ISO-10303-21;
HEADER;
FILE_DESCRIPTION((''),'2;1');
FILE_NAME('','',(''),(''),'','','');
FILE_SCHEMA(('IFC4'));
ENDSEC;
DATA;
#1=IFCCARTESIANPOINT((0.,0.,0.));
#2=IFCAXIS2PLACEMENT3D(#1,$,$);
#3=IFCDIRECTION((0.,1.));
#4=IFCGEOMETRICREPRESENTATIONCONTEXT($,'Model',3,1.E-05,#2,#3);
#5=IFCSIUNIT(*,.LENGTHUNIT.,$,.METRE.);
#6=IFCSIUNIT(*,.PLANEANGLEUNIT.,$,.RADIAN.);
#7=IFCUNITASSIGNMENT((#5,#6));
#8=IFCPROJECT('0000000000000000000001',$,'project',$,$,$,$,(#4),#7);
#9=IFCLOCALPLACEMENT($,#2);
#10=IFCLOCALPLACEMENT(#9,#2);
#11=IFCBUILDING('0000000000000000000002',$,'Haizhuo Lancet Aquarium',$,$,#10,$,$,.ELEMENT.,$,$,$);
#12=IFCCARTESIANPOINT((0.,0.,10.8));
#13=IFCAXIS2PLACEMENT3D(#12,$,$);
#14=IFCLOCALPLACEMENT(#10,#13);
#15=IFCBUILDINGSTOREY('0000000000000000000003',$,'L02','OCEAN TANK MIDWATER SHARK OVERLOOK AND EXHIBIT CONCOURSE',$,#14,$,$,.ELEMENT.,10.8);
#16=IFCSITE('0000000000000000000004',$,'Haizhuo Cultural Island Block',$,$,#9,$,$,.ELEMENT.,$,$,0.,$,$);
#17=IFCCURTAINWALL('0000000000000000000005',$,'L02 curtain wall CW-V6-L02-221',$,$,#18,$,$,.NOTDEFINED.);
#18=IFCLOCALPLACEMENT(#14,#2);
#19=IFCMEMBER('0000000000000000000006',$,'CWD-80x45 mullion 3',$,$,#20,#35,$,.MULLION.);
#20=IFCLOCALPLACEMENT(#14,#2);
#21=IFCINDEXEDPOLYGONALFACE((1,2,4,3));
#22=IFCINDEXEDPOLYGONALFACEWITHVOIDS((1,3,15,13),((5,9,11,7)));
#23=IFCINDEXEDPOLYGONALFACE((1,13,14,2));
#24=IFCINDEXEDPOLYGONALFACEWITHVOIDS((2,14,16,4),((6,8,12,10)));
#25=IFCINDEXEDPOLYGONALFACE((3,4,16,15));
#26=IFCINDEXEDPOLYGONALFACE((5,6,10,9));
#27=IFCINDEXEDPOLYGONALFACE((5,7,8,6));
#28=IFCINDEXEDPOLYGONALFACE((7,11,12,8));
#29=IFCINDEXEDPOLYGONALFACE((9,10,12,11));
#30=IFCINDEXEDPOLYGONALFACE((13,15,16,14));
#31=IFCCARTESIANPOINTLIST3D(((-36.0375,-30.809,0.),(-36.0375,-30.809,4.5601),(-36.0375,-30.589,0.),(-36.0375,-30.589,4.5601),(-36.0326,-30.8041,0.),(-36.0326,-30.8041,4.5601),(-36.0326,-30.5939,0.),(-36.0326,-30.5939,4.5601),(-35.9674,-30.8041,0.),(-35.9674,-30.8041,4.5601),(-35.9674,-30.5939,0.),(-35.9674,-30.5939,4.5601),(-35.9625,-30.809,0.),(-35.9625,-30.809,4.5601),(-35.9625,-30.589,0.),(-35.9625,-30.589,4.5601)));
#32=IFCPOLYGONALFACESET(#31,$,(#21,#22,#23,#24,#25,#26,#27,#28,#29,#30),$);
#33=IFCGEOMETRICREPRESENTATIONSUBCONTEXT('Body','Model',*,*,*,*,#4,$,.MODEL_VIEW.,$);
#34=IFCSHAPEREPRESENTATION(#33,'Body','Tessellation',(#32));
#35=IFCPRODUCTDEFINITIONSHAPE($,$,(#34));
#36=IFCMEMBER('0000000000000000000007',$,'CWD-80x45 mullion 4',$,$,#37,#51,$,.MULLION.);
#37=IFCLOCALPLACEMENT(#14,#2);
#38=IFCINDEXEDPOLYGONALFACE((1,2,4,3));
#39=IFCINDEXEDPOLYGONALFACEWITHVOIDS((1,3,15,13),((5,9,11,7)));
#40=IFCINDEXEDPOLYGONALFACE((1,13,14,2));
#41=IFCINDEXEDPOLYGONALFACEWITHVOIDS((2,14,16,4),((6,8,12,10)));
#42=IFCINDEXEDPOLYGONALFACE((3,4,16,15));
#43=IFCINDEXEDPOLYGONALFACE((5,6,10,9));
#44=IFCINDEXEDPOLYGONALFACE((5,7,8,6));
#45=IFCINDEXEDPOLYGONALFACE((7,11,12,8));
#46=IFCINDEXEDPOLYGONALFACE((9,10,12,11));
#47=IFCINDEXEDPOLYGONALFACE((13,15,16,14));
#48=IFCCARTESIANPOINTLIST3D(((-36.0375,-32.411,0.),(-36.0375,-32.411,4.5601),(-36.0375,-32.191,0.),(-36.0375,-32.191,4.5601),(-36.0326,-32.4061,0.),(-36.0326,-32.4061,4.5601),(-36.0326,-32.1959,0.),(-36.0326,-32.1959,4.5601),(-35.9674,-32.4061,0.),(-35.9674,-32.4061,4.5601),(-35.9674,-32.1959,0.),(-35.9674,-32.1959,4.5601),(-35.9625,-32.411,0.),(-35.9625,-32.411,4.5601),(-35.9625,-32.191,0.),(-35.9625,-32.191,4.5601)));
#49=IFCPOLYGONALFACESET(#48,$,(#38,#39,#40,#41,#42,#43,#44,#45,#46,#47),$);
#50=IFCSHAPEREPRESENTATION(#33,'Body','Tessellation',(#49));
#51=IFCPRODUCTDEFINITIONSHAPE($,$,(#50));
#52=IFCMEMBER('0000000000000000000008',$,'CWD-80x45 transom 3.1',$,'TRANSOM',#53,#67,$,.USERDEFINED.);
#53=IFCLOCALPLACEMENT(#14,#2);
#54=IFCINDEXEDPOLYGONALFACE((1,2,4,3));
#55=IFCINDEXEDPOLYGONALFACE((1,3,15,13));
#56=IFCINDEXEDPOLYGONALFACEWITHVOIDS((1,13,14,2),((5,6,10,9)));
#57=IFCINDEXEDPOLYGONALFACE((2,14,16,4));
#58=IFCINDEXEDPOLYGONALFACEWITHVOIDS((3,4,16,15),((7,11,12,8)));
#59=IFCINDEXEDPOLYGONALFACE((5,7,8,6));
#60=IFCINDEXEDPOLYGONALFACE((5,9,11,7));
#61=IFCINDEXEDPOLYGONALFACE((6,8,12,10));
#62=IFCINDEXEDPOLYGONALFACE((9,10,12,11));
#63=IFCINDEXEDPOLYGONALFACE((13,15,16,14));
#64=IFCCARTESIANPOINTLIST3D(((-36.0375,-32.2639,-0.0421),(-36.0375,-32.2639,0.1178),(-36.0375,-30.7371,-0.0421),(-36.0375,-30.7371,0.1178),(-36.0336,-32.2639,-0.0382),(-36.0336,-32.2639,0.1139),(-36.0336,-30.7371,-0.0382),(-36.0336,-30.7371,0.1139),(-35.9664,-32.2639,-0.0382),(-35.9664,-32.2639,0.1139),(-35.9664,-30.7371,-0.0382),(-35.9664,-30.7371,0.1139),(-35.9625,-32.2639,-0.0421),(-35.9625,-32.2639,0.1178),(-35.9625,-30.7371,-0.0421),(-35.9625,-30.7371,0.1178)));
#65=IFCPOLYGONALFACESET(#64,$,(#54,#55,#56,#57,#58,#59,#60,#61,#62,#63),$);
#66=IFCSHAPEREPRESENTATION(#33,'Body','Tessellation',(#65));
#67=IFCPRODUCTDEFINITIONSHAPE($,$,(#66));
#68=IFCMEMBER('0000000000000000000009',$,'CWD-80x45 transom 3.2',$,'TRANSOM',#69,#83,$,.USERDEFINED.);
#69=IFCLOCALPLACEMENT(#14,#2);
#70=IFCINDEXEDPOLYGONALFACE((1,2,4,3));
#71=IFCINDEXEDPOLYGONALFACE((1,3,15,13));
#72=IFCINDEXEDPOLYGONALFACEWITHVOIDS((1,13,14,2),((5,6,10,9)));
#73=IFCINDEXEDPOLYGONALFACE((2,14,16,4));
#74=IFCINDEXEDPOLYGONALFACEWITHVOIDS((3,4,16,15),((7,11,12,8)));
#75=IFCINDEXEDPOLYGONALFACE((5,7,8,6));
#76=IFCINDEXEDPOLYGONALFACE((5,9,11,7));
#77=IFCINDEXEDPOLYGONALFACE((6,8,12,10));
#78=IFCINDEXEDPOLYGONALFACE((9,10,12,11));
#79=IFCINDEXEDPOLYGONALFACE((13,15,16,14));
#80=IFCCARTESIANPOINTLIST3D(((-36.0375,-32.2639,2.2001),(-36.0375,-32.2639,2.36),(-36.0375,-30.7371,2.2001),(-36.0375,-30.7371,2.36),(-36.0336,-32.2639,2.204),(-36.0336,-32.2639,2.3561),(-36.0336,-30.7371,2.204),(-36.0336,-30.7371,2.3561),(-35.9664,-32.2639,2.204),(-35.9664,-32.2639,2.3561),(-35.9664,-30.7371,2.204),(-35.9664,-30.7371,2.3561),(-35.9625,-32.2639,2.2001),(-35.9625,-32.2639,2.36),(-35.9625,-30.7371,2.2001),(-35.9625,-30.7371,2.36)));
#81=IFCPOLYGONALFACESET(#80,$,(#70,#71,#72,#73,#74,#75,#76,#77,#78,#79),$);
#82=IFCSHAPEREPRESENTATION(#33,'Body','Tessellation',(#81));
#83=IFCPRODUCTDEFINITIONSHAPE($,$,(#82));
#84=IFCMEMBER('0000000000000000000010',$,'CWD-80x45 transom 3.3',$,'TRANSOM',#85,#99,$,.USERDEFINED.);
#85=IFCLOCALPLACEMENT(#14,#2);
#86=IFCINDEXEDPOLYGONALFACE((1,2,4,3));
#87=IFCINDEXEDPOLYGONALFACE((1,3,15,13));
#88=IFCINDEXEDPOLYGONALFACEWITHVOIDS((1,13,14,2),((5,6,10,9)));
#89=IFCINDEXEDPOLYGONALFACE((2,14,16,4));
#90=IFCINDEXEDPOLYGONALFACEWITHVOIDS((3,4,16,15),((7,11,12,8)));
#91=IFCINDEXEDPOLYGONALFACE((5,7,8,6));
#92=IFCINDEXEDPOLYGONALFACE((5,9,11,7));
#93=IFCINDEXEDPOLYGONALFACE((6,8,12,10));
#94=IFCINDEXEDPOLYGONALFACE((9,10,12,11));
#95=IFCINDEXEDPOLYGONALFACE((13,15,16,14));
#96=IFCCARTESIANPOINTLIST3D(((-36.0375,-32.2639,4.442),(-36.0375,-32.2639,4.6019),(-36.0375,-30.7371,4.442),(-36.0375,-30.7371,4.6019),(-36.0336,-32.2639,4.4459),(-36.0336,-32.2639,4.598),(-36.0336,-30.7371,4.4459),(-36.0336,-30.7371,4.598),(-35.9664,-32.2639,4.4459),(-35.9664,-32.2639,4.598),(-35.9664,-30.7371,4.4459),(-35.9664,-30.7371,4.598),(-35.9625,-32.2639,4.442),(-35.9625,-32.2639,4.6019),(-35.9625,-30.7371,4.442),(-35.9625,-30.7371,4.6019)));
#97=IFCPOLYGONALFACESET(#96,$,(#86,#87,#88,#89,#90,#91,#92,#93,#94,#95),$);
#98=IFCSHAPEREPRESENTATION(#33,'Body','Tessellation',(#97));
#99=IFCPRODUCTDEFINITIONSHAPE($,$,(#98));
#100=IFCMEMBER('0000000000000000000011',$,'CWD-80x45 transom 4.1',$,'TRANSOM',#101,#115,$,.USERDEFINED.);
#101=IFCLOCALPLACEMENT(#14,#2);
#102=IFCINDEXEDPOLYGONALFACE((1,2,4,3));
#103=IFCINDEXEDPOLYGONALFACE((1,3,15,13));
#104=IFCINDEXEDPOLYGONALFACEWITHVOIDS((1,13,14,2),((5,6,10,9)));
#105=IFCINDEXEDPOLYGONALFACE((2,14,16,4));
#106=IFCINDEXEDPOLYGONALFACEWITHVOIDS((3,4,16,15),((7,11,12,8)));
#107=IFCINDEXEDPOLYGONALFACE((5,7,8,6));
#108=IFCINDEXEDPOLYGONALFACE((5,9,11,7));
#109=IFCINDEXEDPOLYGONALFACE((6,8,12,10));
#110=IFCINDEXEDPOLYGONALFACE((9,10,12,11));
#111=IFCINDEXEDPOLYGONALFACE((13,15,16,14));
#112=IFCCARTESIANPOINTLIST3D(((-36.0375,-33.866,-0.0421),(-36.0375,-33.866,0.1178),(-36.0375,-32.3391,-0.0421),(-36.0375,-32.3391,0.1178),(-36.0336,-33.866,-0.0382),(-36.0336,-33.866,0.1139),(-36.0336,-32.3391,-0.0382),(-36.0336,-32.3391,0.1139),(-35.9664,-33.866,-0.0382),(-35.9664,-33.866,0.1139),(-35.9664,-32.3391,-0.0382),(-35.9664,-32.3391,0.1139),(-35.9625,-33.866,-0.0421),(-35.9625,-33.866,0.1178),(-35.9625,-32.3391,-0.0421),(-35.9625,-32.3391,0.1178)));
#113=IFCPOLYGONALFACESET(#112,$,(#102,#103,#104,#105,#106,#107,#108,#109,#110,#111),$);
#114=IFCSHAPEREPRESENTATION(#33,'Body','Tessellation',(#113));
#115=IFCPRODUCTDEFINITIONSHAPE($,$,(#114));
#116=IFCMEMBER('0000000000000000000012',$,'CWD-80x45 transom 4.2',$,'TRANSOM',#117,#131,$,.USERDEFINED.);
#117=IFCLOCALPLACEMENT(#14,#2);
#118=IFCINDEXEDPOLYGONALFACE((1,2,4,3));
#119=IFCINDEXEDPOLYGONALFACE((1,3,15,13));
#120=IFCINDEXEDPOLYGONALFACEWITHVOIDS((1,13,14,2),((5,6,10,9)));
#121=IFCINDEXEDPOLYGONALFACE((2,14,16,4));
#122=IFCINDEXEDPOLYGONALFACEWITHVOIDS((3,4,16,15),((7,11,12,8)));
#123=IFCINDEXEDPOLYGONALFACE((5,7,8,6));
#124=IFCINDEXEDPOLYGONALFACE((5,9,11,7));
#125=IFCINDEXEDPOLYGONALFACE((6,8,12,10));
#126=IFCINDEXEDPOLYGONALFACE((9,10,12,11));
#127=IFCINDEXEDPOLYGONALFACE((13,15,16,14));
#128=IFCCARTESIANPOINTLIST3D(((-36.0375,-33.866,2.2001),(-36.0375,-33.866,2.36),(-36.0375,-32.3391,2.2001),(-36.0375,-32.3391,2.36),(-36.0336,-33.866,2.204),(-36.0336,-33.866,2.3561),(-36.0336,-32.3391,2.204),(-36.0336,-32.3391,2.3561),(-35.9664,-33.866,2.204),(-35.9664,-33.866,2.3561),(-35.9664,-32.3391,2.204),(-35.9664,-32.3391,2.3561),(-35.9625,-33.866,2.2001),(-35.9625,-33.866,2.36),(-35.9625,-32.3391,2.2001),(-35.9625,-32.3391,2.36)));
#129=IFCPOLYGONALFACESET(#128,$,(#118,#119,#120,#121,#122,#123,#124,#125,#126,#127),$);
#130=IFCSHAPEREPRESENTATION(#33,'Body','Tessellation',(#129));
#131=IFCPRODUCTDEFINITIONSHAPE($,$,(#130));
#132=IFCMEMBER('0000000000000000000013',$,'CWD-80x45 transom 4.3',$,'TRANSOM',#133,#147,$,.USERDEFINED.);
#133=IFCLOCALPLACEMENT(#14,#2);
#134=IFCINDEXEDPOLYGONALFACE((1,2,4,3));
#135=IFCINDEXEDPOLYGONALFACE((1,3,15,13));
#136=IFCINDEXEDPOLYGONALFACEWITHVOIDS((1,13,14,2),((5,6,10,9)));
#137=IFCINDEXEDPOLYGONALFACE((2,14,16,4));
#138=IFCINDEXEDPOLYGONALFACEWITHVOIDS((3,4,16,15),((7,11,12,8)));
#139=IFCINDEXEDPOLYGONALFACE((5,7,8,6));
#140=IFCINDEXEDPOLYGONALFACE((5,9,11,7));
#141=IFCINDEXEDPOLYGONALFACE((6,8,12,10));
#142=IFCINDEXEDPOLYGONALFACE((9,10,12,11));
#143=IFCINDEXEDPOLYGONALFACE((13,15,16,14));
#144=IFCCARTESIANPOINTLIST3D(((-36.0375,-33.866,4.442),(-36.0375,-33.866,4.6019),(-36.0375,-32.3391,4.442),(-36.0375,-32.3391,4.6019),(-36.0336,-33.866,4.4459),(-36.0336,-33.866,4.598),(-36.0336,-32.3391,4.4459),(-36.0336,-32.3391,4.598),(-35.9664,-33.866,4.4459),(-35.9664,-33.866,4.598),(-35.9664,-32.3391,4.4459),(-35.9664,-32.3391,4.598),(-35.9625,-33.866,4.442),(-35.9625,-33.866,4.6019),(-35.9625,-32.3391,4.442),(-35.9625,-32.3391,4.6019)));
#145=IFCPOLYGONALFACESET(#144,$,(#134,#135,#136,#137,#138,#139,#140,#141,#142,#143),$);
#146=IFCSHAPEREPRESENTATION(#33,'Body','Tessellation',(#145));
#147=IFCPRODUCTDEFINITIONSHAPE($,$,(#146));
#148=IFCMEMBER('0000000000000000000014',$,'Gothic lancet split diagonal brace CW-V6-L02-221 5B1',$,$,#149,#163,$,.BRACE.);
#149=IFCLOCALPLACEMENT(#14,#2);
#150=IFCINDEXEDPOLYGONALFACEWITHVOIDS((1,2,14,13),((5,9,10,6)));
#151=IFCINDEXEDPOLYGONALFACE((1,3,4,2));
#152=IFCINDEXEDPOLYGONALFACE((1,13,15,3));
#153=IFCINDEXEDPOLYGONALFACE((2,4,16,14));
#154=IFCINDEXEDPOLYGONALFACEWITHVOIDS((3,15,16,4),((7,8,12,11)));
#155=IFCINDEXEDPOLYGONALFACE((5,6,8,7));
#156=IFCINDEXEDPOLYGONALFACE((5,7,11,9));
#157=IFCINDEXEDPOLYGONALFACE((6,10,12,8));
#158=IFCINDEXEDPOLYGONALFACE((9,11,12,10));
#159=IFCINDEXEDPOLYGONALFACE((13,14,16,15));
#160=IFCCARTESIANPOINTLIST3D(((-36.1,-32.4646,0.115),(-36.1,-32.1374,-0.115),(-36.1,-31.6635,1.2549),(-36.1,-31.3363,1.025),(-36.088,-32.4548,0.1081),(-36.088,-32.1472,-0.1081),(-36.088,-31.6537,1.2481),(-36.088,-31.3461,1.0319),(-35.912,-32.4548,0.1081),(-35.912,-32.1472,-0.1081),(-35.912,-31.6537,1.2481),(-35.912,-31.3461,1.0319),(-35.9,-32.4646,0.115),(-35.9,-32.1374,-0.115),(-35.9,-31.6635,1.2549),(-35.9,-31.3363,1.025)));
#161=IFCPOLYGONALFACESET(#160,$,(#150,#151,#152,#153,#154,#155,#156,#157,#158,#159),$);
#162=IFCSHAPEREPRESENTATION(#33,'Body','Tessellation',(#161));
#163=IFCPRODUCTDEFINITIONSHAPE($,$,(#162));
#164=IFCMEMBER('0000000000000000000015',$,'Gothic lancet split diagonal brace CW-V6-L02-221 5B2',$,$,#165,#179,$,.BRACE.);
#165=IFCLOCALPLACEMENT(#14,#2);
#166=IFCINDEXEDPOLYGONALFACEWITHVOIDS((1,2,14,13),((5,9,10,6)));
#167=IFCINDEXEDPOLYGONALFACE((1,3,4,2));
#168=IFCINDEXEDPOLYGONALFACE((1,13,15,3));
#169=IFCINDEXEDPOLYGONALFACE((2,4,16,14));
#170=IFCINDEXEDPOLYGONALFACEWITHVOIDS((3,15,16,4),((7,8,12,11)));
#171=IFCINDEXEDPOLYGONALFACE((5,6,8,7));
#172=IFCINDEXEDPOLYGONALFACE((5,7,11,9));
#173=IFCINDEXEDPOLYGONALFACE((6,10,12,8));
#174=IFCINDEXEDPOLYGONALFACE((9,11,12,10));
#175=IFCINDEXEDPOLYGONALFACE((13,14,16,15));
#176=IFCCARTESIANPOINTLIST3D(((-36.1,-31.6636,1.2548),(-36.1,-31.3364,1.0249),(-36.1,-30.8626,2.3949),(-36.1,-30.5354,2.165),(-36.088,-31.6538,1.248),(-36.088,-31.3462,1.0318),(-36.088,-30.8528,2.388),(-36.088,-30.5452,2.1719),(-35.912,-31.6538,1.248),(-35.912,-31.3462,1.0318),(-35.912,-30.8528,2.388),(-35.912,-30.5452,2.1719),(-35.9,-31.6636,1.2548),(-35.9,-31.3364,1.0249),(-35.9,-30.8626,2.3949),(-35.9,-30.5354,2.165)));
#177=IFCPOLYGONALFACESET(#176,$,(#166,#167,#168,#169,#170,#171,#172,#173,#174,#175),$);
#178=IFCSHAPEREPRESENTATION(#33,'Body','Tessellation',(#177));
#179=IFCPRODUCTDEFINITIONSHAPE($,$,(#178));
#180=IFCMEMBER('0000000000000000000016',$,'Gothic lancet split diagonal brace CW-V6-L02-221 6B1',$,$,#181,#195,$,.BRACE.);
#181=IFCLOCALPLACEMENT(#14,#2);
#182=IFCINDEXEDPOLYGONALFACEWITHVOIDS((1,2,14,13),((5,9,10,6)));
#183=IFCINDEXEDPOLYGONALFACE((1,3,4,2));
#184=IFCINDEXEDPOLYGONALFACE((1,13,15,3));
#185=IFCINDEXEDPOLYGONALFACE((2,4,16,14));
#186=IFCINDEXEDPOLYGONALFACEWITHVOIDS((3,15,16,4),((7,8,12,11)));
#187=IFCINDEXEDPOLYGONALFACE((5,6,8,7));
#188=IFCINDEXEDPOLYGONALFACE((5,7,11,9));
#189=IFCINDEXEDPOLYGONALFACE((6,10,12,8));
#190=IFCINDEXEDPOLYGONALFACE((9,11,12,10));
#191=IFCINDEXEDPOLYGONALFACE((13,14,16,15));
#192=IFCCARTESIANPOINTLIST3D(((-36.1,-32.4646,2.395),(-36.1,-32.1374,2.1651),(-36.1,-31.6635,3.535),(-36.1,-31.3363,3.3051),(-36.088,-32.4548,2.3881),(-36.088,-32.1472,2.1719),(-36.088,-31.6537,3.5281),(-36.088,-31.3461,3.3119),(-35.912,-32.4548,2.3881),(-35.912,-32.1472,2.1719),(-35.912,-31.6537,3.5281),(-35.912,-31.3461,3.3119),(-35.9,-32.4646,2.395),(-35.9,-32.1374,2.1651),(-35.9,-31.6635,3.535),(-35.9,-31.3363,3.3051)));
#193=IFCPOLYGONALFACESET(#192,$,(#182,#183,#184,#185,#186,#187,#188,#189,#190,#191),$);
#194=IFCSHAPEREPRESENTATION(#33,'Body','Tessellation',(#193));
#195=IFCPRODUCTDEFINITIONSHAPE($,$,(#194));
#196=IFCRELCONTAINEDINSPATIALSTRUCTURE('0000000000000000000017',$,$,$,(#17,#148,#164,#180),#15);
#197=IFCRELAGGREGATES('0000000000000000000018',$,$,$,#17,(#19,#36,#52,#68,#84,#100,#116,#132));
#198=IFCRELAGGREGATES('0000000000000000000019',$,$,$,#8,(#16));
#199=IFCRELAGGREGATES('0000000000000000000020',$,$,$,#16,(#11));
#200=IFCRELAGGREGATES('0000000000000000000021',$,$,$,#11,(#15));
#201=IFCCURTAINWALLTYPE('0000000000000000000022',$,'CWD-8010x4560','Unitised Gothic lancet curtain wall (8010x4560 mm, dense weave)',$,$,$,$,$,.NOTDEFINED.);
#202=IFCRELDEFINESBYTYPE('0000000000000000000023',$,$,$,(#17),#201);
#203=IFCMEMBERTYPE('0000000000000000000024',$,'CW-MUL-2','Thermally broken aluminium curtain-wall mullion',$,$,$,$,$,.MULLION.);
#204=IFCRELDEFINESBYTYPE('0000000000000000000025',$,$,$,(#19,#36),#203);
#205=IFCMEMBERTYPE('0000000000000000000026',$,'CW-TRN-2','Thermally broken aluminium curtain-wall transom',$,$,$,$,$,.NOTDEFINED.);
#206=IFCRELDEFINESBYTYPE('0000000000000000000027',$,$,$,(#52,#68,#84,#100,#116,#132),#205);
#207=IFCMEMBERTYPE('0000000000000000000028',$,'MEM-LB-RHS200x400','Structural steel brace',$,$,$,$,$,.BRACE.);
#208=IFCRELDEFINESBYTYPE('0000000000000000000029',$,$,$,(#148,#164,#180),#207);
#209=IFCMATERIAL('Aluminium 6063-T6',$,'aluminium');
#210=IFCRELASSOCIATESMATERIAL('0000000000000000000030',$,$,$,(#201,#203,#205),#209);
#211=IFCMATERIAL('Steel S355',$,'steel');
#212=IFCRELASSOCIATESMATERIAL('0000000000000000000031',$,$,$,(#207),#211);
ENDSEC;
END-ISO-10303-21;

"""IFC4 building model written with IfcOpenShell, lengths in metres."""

from ifc_helpers import new_model, si_unit, direction, frame, origin, origin_2d, place, context, subcontext, project, spatial, hollow_rectangle, extrude, material, material_profile, profile_set, type_object, element, aggregate, save


model = new_model("IFC4")

# Units and contexts
model_context = context("Model", 3, precision=1e-05, world=origin(), true_north=direction((0.0, 1.0)))
body_context = subcontext(model_context, "Body", "Model", "MODEL_VIEW")
ifc_project = project(units=[si_unit("LENGTHUNIT", "METRE"), si_unit("PLANEANGLEUNIT", "RADIAN")], contexts=[model_context])

# Site, building, storey
site_placement = place(None, origin())
site = spatial("IfcSite", under=ifc_project, at=site_placement, Name="Haizhuo Cultural Island Block", CompositionType="ELEMENT", RefElevation=0.0)
building_placement = place(site_placement, origin())
building = spatial("IfcBuilding", under=site, at=building_placement, Name="Haizhuo Lancet Aquarium", CompositionType="ELEMENT")
storey_placement = place(building_placement, frame((0.0, 0.0, 10.8)))
storey = spatial("IfcBuildingStorey", under=building, at=storey_placement, Name="L02", Description="OCEAN TANK MIDWATER SHARK OVERLOOK AND EXHIBIT CONCOURSE", CompositionType="ELEMENT", Elevation=10.8)

# Curtain wall, members
ifc_material_1 = material(Name="Aluminium 6063-T6", Category="aluminium")
curtain_wall_type = type_object("IfcCurtainWallType", Name="CWD-8010x4560", Description="Unitised Gothic lancet curtain wall (8010x4560 mm, dense weave)", PredefinedType="NOTDEFINED", material=ifc_material_1)
curtain_wall_placement = place(storey_placement, origin())
curtain_wall = element("IfcCurtainWall", 1, at=curtain_wall_placement, inside=storey, type_object=curtain_wall_type, Name="L02 curtain wall CW-V6-L02-221", PredefinedType="NOTDEFINED")
ifc_material_profile_1 = material_profile(ifc_material_1, hollow_rectangle(XDim=0.075, YDim=0.22, WallThickness=0.0049, at=origin_2d()), Name="ALU-M 75x220x5")
ifc_profile_set_1 = profile_set([ifc_material_profile_1], Name="Aluminium 6063-T6")
member_type_1 = type_object("IfcMemberType", Name="CW-MUL-2", Description="Thermally broken aluminium curtain-wall mullion", PredefinedType="MULLION", material=ifc_profile_set_1)
member_1_placement = place(storey_placement, frame((-36.0, -30.699, 0.0), z_axis=(0.0, 0.0, 1.0), x_axis=(1.0, 0.0, 0.0)))
member_1 = element("IfcMember", 2, at=member_1_placement, type_object=member_type_1, Name="CWD-80x45 mullion 3", PredefinedType="MULLION", context=body_context, shape_type="SweptSolid", body=[
    extrude(hollow_rectangle(XDim=0.075, YDim=0.22, WallThickness=0.0049, at=origin_2d()), origin(), (0.0, 0.0, 1.0), 4.5601),
])
member_2_placement = place(storey_placement, frame((-36.0, -32.301, 0.0), z_axis=(0.0, 0.0, 1.0), x_axis=(1.0, 0.0, 0.0)))
member_2 = element("IfcMember", 3, at=member_2_placement, type_object=member_type_1, Name="CWD-80x45 mullion 4", PredefinedType="MULLION", context=body_context, shape_type="SweptSolid", body=[
    extrude(hollow_rectangle(XDim=0.075, YDim=0.22, WallThickness=0.0049, at=origin_2d()), origin(), (0.0, 0.0, 1.0), 4.5601),
])
ifc_material_profile_2 = material_profile(ifc_material_1, hollow_rectangle(XDim=0.075, YDim=0.1599, WallThickness=0.0039, at=origin_2d()), Name="ALU-T 75x160x4")
ifc_profile_set_2 = profile_set([ifc_material_profile_2], Name="Aluminium 6063-T6")
member_type_2 = type_object("IfcMemberType", Name="CW-TRN-2", Description="Thermally broken aluminium curtain-wall transom", PredefinedType="NOTDEFINED", material=ifc_profile_set_2)
member_3_placement = place(storey_placement, frame((-36.0, -30.7371, 0.0378), z_axis=(0.0, -1.0, 0.0), x_axis=(1.0, 0.0, 0.0)))
member_3 = element("IfcMember", 4, at=member_3_placement, type_object=member_type_2, Name="CWD-80x45 transom 3.1", ObjectType="TRANSOM", PredefinedType="USERDEFINED", context=body_context, shape_type="SweptSolid", body=[
    extrude(hollow_rectangle(XDim=0.075, YDim=0.1599, WallThickness=0.0039, at=origin_2d()), origin(), (0.0, 0.0, 1.0), 1.5269),
])
member_4_placement = place(storey_placement, frame((-36.0, -30.7371, 2.28), z_axis=(0.0, -1.0, 0.0), x_axis=(1.0, 0.0, 0.0)))
member_4 = element("IfcMember", 5, at=member_4_placement, type_object=member_type_2, Name="CWD-80x45 transom 3.2", ObjectType="TRANSOM", PredefinedType="USERDEFINED", context=body_context, shape_type="SweptSolid", body=[
    extrude(hollow_rectangle(XDim=0.075, YDim=0.1599, WallThickness=0.0039, at=origin_2d()), origin(), (0.0, 0.0, 1.0), 1.5269),
])
member_5_placement = place(storey_placement, frame((-36.0, -30.7371, 4.522), z_axis=(0.0, -1.0, 0.0), x_axis=(1.0, 0.0, 0.0)))
member_5 = element("IfcMember", 6, at=member_5_placement, type_object=member_type_2, Name="CWD-80x45 transom 3.3", ObjectType="TRANSOM", PredefinedType="USERDEFINED", context=body_context, shape_type="SweptSolid", body=[
    extrude(hollow_rectangle(XDim=0.075, YDim=0.1599, WallThickness=0.0039, at=origin_2d()), origin(), (0.0, 0.0, 1.0), 1.5269),
])
member_6_placement = place(storey_placement, frame((-36.0, -32.3391, 0.0378), z_axis=(0.0, -1.0, 0.0), x_axis=(1.0, 0.0, 0.0)))
member_6 = element("IfcMember", 7, at=member_6_placement, type_object=member_type_2, Name="CWD-80x45 transom 4.1", ObjectType="TRANSOM", PredefinedType="USERDEFINED", context=body_context, shape_type="SweptSolid", body=[
    extrude(hollow_rectangle(XDim=0.075, YDim=0.1599, WallThickness=0.0039, at=origin_2d()), origin(), (0.0, 0.0, 1.0), 1.5269),
])
member_7_placement = place(storey_placement, frame((-36.0, -32.3391, 2.28), z_axis=(0.0, -1.0, 0.0), x_axis=(1.0, 0.0, 0.0)))
member_7 = element("IfcMember", 8, at=member_7_placement, type_object=member_type_2, Name="CWD-80x45 transom 4.2", ObjectType="TRANSOM", PredefinedType="USERDEFINED", context=body_context, shape_type="SweptSolid", body=[
    extrude(hollow_rectangle(XDim=0.075, YDim=0.1599, WallThickness=0.0039, at=origin_2d()), origin(), (0.0, 0.0, 1.0), 1.5269),
])
member_8_placement = place(storey_placement, frame((-36.0, -32.3391, 4.522), z_axis=(0.0, -1.0, 0.0), x_axis=(1.0, 0.0, 0.0)))
member_8 = element("IfcMember", 9, at=member_8_placement, type_object=member_type_2, Name="CWD-80x45 transom 4.3", ObjectType="TRANSOM", PredefinedType="USERDEFINED", context=body_context, shape_type="SweptSolid", body=[
    extrude(hollow_rectangle(XDim=0.075, YDim=0.1599, WallThickness=0.0039, at=origin_2d()), origin(), (0.0, 0.0, 1.0), 1.5269),
])

# Members
ifc_material_2 = material(Name="Steel S355", Category="steel")
ifc_material_profile_3 = material_profile(ifc_material_2, hollow_rectangle(XDim=0.2, YDim=0.3999, WallThickness=0.012, at=origin_2d()), Name="RHS 200x400x12")
ifc_profile_set_3 = profile_set([ifc_material_profile_3], Name="Steel S355")
member_type_3 = type_object("IfcMemberType", Name="MEM-LB-RHS200x400", Description="Structural steel brace", PredefinedType="BRACE", material=ifc_profile_set_3)
for number, where, z_axis, x_axis, name in (
    (10, (-36.0, -32.301, 0.0), (0.0, 0.574955, 0.818185), (-1.0, 0.0, 0.0), "Gothic lancet split diagonal brace CW-V6-L02-221 5B1"),
    (11, (-36.0, -31.5, 1.1399), (0.0, 0.574873, 0.818243), (-1.0, 0.0, 0.0), "Gothic lancet split diagonal brace CW-V6-L02-221 5B2"),
    (12, (-36.0, -32.301, 2.28), (0.0, 0.574955, 0.818185), (-1.0, 0.0, 0.0), "Gothic lancet split diagonal brace CW-V6-L02-221 6B1"),
):
    element("IfcMember", number, at=place(storey_placement, frame(where, z_axis=z_axis, x_axis=x_axis)), inside=storey, type_object=member_type_3, Name=name, PredefinedType="BRACE", context=body_context, shape_type="SweptSolid", body=[
        extrude(hollow_rectangle(XDim=0.2, YDim=0.3999, WallThickness=0.012, at=origin_2d()), origin(), (0.0, 0.0, 1.0), 1.3933),
    ])

aggregate(curtain_wall, [member_1, member_2, member_3, member_4, member_5, member_6, member_7, member_8])

save(model, "model.ifc")
